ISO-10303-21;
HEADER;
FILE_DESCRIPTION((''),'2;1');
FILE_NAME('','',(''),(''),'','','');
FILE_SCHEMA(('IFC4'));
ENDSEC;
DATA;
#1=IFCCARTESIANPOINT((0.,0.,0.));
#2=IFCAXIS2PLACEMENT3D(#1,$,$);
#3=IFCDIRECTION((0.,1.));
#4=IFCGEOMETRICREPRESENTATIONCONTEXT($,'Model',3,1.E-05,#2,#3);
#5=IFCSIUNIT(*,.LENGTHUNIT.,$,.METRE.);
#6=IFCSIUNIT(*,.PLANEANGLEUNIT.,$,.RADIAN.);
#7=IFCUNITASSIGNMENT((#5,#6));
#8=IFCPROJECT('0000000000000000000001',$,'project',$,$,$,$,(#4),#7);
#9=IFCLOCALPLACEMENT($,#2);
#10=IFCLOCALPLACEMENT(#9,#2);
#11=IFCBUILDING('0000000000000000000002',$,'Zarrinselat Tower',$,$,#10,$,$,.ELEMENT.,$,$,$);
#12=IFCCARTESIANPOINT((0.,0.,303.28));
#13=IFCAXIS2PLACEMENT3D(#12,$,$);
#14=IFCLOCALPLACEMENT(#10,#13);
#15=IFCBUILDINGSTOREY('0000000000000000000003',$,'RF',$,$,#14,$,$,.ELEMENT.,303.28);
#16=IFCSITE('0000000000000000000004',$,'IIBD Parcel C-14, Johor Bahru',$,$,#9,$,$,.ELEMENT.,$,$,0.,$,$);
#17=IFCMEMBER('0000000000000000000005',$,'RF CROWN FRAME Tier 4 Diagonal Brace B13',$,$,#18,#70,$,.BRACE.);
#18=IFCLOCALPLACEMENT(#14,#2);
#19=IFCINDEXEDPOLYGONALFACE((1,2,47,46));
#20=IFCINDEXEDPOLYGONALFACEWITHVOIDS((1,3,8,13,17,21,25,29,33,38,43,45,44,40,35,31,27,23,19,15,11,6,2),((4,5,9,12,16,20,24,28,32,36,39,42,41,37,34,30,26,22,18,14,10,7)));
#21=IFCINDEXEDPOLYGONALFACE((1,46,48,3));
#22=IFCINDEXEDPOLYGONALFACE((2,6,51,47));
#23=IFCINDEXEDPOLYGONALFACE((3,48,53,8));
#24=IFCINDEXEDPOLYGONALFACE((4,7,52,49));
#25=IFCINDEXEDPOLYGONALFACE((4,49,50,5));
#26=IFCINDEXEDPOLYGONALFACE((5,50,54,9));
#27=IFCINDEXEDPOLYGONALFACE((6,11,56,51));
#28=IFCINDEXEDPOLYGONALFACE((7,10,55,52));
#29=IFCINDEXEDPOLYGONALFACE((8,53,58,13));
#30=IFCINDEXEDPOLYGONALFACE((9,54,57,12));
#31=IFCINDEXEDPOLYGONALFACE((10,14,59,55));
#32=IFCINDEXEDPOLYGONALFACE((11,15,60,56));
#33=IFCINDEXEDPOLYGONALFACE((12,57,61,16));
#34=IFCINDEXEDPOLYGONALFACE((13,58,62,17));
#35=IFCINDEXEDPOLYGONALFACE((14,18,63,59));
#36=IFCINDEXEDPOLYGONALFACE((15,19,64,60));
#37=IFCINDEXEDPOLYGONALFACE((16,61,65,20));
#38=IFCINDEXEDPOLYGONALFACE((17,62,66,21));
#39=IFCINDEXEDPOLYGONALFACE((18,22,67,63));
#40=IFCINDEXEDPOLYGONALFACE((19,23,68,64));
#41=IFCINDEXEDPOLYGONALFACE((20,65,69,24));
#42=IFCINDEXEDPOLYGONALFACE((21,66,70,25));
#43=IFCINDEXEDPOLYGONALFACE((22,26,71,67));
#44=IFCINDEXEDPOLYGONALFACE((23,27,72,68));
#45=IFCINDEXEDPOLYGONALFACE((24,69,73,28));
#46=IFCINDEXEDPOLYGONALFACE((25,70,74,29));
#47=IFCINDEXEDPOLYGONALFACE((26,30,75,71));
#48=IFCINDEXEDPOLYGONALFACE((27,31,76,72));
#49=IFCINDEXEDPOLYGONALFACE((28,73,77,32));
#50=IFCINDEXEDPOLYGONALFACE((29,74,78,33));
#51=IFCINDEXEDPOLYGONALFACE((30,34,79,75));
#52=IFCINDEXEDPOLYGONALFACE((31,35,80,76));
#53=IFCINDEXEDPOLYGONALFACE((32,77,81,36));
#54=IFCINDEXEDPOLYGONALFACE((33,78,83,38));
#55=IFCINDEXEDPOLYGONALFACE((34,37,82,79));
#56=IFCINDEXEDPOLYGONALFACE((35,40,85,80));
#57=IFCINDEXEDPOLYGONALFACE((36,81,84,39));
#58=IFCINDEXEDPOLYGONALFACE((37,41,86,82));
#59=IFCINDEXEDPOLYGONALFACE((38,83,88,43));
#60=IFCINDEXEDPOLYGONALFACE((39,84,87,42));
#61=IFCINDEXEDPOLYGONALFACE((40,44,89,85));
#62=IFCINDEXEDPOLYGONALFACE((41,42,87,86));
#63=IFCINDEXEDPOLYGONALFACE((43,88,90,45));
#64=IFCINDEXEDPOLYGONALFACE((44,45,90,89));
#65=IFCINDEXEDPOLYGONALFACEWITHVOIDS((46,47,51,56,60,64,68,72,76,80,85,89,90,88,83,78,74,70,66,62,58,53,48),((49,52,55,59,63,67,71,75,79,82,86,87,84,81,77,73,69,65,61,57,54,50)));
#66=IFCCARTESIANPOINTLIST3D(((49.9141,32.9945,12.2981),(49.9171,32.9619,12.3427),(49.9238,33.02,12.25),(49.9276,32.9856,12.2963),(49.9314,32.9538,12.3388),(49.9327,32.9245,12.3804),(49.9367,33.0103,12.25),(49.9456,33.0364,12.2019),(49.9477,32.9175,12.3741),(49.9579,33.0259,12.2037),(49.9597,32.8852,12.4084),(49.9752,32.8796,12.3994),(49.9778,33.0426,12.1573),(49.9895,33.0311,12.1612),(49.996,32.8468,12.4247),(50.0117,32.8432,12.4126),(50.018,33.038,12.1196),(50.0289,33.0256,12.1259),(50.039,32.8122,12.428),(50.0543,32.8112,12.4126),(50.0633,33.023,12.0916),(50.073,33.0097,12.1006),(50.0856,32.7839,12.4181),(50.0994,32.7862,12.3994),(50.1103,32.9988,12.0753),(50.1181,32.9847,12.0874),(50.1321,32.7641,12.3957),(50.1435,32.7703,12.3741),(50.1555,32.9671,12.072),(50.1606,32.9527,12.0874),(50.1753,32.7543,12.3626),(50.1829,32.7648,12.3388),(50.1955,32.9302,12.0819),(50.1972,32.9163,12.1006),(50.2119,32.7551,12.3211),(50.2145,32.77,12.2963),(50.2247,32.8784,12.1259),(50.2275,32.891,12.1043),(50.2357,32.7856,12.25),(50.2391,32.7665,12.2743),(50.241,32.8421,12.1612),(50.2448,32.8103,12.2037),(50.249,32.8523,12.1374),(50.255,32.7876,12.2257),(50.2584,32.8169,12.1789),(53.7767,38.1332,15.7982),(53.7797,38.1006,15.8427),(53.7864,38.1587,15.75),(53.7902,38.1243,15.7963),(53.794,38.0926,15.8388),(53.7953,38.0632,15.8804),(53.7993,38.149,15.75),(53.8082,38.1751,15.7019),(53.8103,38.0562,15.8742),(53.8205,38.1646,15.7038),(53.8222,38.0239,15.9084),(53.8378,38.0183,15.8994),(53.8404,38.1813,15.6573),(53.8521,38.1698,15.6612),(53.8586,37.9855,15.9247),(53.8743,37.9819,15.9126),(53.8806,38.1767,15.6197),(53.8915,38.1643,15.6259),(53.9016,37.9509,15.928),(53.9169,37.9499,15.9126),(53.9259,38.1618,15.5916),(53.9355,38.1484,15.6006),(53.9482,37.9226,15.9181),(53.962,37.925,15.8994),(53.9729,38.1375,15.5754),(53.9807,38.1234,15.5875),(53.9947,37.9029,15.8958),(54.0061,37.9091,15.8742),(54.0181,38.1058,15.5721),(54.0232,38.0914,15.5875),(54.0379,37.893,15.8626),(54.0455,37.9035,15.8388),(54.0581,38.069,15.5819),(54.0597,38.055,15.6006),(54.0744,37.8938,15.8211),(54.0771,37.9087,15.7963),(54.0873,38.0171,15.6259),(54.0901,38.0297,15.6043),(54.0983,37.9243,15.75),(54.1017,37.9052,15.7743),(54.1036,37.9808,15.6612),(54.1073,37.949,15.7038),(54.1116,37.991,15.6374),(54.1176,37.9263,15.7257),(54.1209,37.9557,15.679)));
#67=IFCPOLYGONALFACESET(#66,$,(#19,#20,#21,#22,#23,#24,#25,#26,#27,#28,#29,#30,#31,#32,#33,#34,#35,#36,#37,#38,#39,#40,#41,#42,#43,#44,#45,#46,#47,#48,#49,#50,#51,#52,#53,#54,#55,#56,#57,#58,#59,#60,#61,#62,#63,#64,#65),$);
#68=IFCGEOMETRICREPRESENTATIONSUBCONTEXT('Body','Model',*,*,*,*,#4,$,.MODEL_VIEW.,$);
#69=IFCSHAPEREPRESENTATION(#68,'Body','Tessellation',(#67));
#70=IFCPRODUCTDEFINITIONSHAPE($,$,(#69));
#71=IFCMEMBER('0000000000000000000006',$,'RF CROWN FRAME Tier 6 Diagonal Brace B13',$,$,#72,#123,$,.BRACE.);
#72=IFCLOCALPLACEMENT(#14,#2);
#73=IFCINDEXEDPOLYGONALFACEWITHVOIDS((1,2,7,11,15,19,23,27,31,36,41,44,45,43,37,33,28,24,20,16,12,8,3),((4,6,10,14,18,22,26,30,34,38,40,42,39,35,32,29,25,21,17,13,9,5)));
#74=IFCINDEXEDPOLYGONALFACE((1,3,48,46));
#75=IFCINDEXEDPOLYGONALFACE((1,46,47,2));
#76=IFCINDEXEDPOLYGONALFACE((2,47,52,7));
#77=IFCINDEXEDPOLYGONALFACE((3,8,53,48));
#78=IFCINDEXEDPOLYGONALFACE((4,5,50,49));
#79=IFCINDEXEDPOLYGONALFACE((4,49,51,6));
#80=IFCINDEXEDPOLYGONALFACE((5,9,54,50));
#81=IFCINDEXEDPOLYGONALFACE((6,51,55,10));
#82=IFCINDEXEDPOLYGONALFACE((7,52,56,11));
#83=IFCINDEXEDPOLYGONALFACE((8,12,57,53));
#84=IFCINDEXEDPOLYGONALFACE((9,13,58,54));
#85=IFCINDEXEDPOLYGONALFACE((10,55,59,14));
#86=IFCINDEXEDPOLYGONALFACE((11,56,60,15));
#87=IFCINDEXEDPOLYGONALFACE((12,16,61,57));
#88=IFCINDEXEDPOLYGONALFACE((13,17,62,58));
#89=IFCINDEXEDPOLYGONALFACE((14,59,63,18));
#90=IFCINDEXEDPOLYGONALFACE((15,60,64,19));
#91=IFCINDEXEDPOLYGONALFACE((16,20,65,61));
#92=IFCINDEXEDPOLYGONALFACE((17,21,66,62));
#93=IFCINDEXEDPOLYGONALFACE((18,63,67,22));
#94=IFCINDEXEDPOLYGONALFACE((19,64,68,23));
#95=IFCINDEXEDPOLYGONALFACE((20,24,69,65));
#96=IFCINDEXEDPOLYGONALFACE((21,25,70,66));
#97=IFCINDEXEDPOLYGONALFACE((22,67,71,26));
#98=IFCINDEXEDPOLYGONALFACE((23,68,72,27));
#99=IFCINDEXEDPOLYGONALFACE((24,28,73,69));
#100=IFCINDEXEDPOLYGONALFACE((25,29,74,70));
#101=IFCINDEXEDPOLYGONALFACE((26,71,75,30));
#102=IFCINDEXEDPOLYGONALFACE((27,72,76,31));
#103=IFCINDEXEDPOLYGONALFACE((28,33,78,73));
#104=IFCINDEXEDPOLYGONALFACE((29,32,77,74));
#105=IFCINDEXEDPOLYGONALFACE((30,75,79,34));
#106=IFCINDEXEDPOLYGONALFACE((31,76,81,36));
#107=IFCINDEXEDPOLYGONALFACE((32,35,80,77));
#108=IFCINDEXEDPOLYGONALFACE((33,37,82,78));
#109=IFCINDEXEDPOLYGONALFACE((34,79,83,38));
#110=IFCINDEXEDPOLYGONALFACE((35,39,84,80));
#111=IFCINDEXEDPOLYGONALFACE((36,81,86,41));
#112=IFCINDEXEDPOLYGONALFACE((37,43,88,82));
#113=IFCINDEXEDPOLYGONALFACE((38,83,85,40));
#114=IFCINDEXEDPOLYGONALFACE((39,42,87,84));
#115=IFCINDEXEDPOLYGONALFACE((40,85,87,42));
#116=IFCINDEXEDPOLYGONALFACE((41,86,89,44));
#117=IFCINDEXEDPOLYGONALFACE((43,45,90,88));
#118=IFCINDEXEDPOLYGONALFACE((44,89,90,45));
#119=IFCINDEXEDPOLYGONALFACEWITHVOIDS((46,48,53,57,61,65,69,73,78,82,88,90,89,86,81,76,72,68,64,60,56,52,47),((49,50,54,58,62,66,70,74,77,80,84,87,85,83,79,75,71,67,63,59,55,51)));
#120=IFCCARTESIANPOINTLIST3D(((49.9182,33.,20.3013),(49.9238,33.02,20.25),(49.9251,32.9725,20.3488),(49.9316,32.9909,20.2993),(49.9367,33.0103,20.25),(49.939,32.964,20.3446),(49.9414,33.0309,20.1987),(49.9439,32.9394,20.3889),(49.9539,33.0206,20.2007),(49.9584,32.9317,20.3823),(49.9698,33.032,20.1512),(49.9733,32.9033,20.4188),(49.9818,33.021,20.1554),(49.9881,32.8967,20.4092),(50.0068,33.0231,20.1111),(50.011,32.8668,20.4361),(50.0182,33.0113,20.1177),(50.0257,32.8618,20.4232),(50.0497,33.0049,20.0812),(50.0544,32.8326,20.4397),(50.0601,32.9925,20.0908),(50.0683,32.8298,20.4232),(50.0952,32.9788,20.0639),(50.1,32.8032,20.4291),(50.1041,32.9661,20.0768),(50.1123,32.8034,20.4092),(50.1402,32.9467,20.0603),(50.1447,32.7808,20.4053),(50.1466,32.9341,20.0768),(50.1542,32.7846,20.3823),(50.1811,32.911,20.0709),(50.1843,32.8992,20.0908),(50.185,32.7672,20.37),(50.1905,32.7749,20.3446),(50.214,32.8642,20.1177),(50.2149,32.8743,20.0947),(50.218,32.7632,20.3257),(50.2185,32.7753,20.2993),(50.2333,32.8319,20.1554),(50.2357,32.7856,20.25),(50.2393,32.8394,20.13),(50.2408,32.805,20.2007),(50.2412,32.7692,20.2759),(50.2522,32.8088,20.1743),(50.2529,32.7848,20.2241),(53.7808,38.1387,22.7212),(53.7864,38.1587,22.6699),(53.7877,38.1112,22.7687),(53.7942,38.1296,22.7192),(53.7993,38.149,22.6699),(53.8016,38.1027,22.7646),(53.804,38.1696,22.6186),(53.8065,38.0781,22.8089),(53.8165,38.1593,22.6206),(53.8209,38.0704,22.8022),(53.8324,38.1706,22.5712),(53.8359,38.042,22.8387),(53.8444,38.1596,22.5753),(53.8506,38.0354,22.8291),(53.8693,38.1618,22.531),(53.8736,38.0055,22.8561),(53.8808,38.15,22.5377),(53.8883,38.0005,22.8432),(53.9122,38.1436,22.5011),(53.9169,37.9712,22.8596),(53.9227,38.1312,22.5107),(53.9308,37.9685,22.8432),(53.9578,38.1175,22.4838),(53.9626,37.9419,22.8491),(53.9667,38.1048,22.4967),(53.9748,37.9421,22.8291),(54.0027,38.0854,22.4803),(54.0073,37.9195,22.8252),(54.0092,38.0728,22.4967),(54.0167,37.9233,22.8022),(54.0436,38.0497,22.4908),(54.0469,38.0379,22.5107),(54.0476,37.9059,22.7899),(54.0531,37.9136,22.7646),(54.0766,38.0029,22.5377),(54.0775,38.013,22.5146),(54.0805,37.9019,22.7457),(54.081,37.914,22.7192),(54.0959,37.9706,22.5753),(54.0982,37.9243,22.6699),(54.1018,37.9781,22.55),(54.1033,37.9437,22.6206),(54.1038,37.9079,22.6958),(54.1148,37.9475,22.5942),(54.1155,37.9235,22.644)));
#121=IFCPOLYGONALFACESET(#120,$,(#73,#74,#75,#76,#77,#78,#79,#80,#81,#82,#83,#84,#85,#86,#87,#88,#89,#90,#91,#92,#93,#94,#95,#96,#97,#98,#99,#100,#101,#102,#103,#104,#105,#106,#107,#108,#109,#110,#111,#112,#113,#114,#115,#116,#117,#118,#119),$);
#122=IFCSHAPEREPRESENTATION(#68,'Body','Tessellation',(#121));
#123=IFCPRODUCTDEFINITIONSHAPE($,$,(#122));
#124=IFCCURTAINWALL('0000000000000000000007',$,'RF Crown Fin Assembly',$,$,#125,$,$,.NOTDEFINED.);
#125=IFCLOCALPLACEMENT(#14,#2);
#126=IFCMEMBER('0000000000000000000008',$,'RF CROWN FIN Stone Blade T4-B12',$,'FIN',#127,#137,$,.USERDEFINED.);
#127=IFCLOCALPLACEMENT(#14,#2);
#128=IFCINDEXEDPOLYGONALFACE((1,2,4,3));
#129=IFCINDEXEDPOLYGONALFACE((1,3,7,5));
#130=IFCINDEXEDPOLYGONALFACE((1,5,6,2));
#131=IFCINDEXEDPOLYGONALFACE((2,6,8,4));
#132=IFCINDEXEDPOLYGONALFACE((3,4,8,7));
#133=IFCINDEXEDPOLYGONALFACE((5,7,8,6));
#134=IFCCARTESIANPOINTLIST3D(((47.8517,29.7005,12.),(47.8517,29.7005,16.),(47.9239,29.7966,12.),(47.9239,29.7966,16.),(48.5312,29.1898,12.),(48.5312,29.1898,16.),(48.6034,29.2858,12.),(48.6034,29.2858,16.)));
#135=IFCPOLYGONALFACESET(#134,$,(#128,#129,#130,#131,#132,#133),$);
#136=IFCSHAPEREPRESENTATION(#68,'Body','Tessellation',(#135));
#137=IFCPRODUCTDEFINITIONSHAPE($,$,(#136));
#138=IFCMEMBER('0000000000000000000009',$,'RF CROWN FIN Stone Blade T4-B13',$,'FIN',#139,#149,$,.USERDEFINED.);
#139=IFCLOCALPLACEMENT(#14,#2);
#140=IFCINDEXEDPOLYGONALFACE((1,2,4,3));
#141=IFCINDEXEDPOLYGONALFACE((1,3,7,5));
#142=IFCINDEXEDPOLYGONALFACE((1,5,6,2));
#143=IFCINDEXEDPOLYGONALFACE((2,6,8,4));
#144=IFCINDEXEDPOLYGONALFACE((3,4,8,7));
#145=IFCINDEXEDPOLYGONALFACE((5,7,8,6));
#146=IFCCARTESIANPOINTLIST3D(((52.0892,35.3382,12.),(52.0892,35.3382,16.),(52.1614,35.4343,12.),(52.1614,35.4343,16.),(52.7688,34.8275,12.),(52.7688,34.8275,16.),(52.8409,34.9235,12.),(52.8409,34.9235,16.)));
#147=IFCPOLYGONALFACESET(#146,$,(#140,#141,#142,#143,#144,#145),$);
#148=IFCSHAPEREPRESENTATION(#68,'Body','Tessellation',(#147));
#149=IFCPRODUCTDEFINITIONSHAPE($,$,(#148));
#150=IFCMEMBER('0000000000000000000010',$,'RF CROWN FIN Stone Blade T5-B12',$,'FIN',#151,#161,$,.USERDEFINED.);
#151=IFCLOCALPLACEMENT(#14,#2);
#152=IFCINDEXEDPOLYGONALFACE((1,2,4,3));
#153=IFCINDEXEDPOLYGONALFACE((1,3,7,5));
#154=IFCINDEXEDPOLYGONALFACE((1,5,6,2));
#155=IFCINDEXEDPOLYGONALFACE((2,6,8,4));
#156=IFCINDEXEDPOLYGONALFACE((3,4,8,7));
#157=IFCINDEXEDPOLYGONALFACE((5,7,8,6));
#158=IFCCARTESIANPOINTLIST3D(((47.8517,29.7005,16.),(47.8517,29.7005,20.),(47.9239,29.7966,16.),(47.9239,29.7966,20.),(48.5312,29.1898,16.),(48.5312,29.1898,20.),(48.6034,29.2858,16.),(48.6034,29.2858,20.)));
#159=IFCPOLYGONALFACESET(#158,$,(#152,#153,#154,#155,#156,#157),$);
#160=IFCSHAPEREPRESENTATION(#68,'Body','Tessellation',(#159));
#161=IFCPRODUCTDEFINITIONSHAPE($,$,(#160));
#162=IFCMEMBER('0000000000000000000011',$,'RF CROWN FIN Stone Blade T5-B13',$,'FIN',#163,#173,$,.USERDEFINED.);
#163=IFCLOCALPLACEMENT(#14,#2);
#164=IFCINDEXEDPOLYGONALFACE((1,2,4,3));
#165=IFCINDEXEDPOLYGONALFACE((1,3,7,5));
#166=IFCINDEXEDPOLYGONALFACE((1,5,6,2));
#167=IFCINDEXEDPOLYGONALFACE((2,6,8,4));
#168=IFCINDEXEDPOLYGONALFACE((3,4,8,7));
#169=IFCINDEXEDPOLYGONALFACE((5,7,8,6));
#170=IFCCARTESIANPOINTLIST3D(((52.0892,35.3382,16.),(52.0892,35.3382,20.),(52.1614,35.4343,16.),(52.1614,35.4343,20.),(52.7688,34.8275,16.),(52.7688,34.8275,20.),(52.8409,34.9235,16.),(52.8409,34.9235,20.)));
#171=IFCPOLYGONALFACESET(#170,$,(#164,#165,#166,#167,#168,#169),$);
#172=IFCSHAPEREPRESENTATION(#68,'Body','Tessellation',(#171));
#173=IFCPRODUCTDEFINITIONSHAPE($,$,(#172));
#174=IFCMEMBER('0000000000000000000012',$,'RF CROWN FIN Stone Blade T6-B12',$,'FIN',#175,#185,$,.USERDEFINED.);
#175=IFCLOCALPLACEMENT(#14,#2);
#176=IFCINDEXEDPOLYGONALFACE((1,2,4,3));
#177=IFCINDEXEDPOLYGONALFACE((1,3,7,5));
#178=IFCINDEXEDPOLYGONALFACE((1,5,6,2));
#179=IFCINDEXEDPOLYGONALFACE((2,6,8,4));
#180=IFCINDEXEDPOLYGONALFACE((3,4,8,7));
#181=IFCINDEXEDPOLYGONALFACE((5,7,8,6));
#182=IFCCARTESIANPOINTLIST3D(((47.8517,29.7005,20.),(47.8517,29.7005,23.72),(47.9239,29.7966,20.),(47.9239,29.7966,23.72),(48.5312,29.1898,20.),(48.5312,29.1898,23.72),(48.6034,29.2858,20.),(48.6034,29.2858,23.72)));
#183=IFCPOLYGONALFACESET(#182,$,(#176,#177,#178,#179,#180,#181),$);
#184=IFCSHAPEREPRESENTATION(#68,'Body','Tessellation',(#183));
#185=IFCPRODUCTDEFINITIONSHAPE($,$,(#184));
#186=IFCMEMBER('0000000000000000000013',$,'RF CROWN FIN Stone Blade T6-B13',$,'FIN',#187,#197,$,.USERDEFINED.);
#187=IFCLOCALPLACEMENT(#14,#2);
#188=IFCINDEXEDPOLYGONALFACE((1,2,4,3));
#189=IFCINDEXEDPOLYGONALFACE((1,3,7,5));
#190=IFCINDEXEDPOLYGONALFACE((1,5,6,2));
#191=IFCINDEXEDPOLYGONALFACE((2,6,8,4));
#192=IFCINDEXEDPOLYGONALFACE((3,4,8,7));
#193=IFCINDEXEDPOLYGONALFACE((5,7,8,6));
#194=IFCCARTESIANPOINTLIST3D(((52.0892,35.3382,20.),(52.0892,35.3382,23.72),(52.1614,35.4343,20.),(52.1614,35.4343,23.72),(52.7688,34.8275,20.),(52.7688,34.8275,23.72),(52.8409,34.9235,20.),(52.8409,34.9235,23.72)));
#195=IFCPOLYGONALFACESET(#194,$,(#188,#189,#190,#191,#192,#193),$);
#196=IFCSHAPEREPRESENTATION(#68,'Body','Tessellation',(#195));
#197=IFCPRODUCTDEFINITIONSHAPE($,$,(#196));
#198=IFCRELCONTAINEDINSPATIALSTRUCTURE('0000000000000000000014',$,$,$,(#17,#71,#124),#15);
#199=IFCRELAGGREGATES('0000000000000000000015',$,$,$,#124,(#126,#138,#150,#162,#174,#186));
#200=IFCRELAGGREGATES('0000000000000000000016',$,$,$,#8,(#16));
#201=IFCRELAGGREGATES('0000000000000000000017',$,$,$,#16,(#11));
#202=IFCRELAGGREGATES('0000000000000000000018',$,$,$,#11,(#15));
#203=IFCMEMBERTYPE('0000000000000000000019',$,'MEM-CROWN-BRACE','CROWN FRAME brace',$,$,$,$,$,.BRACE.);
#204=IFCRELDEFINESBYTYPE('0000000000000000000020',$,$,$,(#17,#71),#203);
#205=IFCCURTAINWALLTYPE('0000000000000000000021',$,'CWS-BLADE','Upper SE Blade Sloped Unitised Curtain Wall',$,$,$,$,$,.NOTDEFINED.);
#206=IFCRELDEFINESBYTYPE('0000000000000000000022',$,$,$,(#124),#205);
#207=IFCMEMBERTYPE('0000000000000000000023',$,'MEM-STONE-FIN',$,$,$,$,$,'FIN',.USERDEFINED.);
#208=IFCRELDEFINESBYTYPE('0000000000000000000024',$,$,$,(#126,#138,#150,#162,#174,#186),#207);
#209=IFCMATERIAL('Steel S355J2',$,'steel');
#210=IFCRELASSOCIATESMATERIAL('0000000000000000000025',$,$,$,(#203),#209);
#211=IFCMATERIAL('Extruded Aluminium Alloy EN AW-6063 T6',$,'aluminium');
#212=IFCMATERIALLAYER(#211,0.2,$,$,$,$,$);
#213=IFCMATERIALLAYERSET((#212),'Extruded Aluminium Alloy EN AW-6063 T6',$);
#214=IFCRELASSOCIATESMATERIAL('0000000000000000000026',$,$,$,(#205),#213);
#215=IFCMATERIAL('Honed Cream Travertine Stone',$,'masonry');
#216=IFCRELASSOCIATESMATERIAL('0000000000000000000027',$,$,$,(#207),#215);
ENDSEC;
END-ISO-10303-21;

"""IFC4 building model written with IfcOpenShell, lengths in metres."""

from ifc_helpers import new_model, si_unit, direction, frame, origin, origin_2d, place, context, subcontext, project, spatial, rectangle, hollow_circle, extrude, material, layer, layer_set, material_profile, profile_set, type_object, element, aggregate, save


model = new_model("IFC4")

# Units and contexts
model_context = context("Model", 3, precision=1e-05, world=origin(), true_north=direction((0.0, 1.0)))
body_context = subcontext(model_context, "Body", "Model", "MODEL_VIEW")
ifc_project = project(units=[si_unit("LENGTHUNIT", "METRE"), si_unit("PLANEANGLEUNIT", "RADIAN")], contexts=[model_context])

# Site, building, storey
site_placement = place(None, origin())
site = spatial("IfcSite", under=ifc_project, at=site_placement, Name="IIBD Parcel C-14, Johor Bahru", CompositionType="ELEMENT", RefElevation=0.0)
building_placement = place(site_placement, origin())
building = spatial("IfcBuilding", under=site, at=building_placement, Name="Zarrinselat Tower", CompositionType="ELEMENT")
storey_placement = place(building_placement, frame((0.0, 0.0, 303.28)))
storey = spatial("IfcBuildingStorey", under=building, at=storey_placement, Name="RF", CompositionType="ELEMENT", Elevation=303.28)

# Members
ifc_material_1 = material(Name="Steel S355J2", Category="steel")
ifc_material_profile_1 = material_profile(ifc_material_1, hollow_circle(Radius=0.2031, WallThickness=0.0161, at=origin_2d()), Name="CHS 406.4x16")
ifc_profile_set_1 = profile_set([ifc_material_profile_1], Name="Steel S355J2")
member_type_1 = type_object("IfcMemberType", Name="MEM-CROWN-BRACE", Description="CROWN FRAME brace", PredefinedType="BRACE", material=ifc_profile_set_1)
member_1_placement = place(storey_placement, frame((50.0862, 32.8979, 12.25), z_axis=(0.527706, 0.702051, 0.478174), x_axis=(-0.799362, 0.60085, 0.0)))
element("IfcMember", 1, at=member_1_placement, inside=storey, type_object=member_type_1, Name="RF CROWN FRAME Tier 4 Diagonal Brace B13", PredefinedType="BRACE", context=body_context, shape_type="SweptSolid", body=[
    extrude(hollow_circle(Radius=0.2031, WallThickness=0.0161, at=origin_2d()), origin(), (0.0, 0.0, 1.0), 7.3196),
])
member_2_placement = place(storey_placement, frame((50.0862, 32.8979, 20.25), z_axis=(0.562327, 0.748111, 0.352303), x_axis=(-0.799362, 0.60085, 0.0)))
element("IfcMember", 2, at=member_2_placement, inside=storey, type_object=member_type_1, Name="RF CROWN FRAME Tier 6 Diagonal Brace B13", PredefinedType="BRACE", context=body_context, shape_type="SweptSolid", body=[
    extrude(hollow_circle(Radius=0.2031, WallThickness=0.0161, at=origin_2d()), origin(), (0.0, 0.0, 1.0), 6.8689),
])

# Curtain wall, members
ifc_material_2 = material(Name="Extruded Aluminium Alloy EN AW-6063 T6", Category="aluminium")
ifc_layer_1 = layer(ifc_material_2, 0.2)
ifc_layer_set_1 = layer_set([ifc_layer_1], Name="Extruded Aluminium Alloy EN AW-6063 T6")
curtain_wall_type = type_object("IfcCurtainWallType", Name="CWS-BLADE", Description="Upper SE Blade Sloped Unitised Curtain Wall", PredefinedType="NOTDEFINED", material=ifc_layer_set_1)
curtain_wall_placement = place(storey_placement, origin())
curtain_wall = element("IfcCurtainWall", 3, at=curtain_wall_placement, inside=storey, type_object=curtain_wall_type, Name="RF Crown Fin Assembly", PredefinedType="NOTDEFINED")
ifc_material_3 = material(Name="Honed Cream Travertine Stone", Category="masonry")
ifc_material_profile_2 = material_profile(ifc_material_3, rectangle(XDim=0.1201, YDim=0.8501, at=origin_2d()), Name="FIN 850x120")
ifc_profile_set_2 = profile_set([ifc_material_profile_2], Name="Honed Cream Travertine Stone")
member_type_2 = type_object("IfcMemberType", Name="MEM-STONE-FIN", ElementType="FIN", PredefinedType="USERDEFINED", material=ifc_profile_set_2)
member_3_placement = place(storey_placement, frame((48.2275, 29.4932, 12.0), z_axis=(0.0, 0.0, 1.0), x_axis=(-0.600853, -0.79936, 0.0)))
member_3 = element("IfcMember", 4, at=member_3_placement, type_object=member_type_2, Name="RF CROWN FIN Stone Blade T4-B12", ObjectType="FIN", PredefinedType="USERDEFINED", context=body_context, shape_type="SweptSolid", body=[
    extrude(rectangle(XDim=0.1201, YDim=0.8501, at=origin_2d()), origin(), (0.0, 0.0, 1.0), 4.0),
])
member_4_placement = place(storey_placement, frame((52.4651, 35.1309, 12.0), z_axis=(0.0, 0.0, 1.0), x_axis=(-0.600853, -0.79936, 0.0)))
member_4 = element("IfcMember", 5, at=member_4_placement, type_object=member_type_2, Name="RF CROWN FIN Stone Blade T4-B13", ObjectType="FIN", PredefinedType="USERDEFINED", context=body_context, shape_type="SweptSolid", body=[
    extrude(rectangle(XDim=0.1201, YDim=0.8501, at=origin_2d()), origin(), (0.0, 0.0, 1.0), 4.0),
])
member_5_placement = place(storey_placement, frame((48.2275, 29.4932, 16.0), z_axis=(0.0, 0.0, 1.0), x_axis=(-0.600853, -0.79936, 0.0)))
member_5 = element("IfcMember", 6, at=member_5_placement, type_object=member_type_2, Name="RF CROWN FIN Stone Blade T5-B12", ObjectType="FIN", PredefinedType="USERDEFINED", context=body_context, shape_type="SweptSolid", body=[
    extrude(rectangle(XDim=0.1201, YDim=0.8501, at=origin_2d()), origin(), (0.0, 0.0, 1.0), 4.0),
])
member_6_placement = place(storey_placement, frame((52.4651, 35.1309, 16.0), z_axis=(0.0, 0.0, 1.0), x_axis=(-0.600853, -0.79936, 0.0)))
member_6 = element("IfcMember", 7, at=member_6_placement, type_object=member_type_2, Name="RF CROWN FIN Stone Blade T5-B13", ObjectType="FIN", PredefinedType="USERDEFINED", context=body_context, shape_type="SweptSolid", body=[
    extrude(rectangle(XDim=0.1201, YDim=0.8501, at=origin_2d()), origin(), (0.0, 0.0, 1.0), 4.0),
])
member_7_placement = place(storey_placement, frame((48.2275, 29.4932, 20.0), z_axis=(0.0, 0.0, 1.0), x_axis=(-0.600853, -0.79936, 0.0)))
member_7 = element("IfcMember", 8, at=member_7_placement, type_object=member_type_2, Name="RF CROWN FIN Stone Blade T6-B12", ObjectType="FIN", PredefinedType="USERDEFINED", context=body_context, shape_type="SweptSolid", body=[
    extrude(rectangle(XDim=0.1201, YDim=0.8501, at=origin_2d()), origin(), (0.0, 0.0, 1.0), 3.72),
])
member_8_placement = place(storey_placement, frame((52.4651, 35.1309, 20.0), z_axis=(0.0, 0.0, 1.0), x_axis=(-0.600853, -0.79936, 0.0)))
member_8 = element("IfcMember", 9, at=member_8_placement, type_object=member_type_2, Name="RF CROWN FIN Stone Blade T6-B13", ObjectType="FIN", PredefinedType="USERDEFINED", context=body_context, shape_type="SweptSolid", body=[
    extrude(rectangle(XDim=0.1201, YDim=0.8501, at=origin_2d()), origin(), (0.0, 0.0, 1.0), 3.72),
])
aggregate(curtain_wall, [member_3, member_4, member_5, member_6, member_7, member_8])

save(model, "model.ifc")
